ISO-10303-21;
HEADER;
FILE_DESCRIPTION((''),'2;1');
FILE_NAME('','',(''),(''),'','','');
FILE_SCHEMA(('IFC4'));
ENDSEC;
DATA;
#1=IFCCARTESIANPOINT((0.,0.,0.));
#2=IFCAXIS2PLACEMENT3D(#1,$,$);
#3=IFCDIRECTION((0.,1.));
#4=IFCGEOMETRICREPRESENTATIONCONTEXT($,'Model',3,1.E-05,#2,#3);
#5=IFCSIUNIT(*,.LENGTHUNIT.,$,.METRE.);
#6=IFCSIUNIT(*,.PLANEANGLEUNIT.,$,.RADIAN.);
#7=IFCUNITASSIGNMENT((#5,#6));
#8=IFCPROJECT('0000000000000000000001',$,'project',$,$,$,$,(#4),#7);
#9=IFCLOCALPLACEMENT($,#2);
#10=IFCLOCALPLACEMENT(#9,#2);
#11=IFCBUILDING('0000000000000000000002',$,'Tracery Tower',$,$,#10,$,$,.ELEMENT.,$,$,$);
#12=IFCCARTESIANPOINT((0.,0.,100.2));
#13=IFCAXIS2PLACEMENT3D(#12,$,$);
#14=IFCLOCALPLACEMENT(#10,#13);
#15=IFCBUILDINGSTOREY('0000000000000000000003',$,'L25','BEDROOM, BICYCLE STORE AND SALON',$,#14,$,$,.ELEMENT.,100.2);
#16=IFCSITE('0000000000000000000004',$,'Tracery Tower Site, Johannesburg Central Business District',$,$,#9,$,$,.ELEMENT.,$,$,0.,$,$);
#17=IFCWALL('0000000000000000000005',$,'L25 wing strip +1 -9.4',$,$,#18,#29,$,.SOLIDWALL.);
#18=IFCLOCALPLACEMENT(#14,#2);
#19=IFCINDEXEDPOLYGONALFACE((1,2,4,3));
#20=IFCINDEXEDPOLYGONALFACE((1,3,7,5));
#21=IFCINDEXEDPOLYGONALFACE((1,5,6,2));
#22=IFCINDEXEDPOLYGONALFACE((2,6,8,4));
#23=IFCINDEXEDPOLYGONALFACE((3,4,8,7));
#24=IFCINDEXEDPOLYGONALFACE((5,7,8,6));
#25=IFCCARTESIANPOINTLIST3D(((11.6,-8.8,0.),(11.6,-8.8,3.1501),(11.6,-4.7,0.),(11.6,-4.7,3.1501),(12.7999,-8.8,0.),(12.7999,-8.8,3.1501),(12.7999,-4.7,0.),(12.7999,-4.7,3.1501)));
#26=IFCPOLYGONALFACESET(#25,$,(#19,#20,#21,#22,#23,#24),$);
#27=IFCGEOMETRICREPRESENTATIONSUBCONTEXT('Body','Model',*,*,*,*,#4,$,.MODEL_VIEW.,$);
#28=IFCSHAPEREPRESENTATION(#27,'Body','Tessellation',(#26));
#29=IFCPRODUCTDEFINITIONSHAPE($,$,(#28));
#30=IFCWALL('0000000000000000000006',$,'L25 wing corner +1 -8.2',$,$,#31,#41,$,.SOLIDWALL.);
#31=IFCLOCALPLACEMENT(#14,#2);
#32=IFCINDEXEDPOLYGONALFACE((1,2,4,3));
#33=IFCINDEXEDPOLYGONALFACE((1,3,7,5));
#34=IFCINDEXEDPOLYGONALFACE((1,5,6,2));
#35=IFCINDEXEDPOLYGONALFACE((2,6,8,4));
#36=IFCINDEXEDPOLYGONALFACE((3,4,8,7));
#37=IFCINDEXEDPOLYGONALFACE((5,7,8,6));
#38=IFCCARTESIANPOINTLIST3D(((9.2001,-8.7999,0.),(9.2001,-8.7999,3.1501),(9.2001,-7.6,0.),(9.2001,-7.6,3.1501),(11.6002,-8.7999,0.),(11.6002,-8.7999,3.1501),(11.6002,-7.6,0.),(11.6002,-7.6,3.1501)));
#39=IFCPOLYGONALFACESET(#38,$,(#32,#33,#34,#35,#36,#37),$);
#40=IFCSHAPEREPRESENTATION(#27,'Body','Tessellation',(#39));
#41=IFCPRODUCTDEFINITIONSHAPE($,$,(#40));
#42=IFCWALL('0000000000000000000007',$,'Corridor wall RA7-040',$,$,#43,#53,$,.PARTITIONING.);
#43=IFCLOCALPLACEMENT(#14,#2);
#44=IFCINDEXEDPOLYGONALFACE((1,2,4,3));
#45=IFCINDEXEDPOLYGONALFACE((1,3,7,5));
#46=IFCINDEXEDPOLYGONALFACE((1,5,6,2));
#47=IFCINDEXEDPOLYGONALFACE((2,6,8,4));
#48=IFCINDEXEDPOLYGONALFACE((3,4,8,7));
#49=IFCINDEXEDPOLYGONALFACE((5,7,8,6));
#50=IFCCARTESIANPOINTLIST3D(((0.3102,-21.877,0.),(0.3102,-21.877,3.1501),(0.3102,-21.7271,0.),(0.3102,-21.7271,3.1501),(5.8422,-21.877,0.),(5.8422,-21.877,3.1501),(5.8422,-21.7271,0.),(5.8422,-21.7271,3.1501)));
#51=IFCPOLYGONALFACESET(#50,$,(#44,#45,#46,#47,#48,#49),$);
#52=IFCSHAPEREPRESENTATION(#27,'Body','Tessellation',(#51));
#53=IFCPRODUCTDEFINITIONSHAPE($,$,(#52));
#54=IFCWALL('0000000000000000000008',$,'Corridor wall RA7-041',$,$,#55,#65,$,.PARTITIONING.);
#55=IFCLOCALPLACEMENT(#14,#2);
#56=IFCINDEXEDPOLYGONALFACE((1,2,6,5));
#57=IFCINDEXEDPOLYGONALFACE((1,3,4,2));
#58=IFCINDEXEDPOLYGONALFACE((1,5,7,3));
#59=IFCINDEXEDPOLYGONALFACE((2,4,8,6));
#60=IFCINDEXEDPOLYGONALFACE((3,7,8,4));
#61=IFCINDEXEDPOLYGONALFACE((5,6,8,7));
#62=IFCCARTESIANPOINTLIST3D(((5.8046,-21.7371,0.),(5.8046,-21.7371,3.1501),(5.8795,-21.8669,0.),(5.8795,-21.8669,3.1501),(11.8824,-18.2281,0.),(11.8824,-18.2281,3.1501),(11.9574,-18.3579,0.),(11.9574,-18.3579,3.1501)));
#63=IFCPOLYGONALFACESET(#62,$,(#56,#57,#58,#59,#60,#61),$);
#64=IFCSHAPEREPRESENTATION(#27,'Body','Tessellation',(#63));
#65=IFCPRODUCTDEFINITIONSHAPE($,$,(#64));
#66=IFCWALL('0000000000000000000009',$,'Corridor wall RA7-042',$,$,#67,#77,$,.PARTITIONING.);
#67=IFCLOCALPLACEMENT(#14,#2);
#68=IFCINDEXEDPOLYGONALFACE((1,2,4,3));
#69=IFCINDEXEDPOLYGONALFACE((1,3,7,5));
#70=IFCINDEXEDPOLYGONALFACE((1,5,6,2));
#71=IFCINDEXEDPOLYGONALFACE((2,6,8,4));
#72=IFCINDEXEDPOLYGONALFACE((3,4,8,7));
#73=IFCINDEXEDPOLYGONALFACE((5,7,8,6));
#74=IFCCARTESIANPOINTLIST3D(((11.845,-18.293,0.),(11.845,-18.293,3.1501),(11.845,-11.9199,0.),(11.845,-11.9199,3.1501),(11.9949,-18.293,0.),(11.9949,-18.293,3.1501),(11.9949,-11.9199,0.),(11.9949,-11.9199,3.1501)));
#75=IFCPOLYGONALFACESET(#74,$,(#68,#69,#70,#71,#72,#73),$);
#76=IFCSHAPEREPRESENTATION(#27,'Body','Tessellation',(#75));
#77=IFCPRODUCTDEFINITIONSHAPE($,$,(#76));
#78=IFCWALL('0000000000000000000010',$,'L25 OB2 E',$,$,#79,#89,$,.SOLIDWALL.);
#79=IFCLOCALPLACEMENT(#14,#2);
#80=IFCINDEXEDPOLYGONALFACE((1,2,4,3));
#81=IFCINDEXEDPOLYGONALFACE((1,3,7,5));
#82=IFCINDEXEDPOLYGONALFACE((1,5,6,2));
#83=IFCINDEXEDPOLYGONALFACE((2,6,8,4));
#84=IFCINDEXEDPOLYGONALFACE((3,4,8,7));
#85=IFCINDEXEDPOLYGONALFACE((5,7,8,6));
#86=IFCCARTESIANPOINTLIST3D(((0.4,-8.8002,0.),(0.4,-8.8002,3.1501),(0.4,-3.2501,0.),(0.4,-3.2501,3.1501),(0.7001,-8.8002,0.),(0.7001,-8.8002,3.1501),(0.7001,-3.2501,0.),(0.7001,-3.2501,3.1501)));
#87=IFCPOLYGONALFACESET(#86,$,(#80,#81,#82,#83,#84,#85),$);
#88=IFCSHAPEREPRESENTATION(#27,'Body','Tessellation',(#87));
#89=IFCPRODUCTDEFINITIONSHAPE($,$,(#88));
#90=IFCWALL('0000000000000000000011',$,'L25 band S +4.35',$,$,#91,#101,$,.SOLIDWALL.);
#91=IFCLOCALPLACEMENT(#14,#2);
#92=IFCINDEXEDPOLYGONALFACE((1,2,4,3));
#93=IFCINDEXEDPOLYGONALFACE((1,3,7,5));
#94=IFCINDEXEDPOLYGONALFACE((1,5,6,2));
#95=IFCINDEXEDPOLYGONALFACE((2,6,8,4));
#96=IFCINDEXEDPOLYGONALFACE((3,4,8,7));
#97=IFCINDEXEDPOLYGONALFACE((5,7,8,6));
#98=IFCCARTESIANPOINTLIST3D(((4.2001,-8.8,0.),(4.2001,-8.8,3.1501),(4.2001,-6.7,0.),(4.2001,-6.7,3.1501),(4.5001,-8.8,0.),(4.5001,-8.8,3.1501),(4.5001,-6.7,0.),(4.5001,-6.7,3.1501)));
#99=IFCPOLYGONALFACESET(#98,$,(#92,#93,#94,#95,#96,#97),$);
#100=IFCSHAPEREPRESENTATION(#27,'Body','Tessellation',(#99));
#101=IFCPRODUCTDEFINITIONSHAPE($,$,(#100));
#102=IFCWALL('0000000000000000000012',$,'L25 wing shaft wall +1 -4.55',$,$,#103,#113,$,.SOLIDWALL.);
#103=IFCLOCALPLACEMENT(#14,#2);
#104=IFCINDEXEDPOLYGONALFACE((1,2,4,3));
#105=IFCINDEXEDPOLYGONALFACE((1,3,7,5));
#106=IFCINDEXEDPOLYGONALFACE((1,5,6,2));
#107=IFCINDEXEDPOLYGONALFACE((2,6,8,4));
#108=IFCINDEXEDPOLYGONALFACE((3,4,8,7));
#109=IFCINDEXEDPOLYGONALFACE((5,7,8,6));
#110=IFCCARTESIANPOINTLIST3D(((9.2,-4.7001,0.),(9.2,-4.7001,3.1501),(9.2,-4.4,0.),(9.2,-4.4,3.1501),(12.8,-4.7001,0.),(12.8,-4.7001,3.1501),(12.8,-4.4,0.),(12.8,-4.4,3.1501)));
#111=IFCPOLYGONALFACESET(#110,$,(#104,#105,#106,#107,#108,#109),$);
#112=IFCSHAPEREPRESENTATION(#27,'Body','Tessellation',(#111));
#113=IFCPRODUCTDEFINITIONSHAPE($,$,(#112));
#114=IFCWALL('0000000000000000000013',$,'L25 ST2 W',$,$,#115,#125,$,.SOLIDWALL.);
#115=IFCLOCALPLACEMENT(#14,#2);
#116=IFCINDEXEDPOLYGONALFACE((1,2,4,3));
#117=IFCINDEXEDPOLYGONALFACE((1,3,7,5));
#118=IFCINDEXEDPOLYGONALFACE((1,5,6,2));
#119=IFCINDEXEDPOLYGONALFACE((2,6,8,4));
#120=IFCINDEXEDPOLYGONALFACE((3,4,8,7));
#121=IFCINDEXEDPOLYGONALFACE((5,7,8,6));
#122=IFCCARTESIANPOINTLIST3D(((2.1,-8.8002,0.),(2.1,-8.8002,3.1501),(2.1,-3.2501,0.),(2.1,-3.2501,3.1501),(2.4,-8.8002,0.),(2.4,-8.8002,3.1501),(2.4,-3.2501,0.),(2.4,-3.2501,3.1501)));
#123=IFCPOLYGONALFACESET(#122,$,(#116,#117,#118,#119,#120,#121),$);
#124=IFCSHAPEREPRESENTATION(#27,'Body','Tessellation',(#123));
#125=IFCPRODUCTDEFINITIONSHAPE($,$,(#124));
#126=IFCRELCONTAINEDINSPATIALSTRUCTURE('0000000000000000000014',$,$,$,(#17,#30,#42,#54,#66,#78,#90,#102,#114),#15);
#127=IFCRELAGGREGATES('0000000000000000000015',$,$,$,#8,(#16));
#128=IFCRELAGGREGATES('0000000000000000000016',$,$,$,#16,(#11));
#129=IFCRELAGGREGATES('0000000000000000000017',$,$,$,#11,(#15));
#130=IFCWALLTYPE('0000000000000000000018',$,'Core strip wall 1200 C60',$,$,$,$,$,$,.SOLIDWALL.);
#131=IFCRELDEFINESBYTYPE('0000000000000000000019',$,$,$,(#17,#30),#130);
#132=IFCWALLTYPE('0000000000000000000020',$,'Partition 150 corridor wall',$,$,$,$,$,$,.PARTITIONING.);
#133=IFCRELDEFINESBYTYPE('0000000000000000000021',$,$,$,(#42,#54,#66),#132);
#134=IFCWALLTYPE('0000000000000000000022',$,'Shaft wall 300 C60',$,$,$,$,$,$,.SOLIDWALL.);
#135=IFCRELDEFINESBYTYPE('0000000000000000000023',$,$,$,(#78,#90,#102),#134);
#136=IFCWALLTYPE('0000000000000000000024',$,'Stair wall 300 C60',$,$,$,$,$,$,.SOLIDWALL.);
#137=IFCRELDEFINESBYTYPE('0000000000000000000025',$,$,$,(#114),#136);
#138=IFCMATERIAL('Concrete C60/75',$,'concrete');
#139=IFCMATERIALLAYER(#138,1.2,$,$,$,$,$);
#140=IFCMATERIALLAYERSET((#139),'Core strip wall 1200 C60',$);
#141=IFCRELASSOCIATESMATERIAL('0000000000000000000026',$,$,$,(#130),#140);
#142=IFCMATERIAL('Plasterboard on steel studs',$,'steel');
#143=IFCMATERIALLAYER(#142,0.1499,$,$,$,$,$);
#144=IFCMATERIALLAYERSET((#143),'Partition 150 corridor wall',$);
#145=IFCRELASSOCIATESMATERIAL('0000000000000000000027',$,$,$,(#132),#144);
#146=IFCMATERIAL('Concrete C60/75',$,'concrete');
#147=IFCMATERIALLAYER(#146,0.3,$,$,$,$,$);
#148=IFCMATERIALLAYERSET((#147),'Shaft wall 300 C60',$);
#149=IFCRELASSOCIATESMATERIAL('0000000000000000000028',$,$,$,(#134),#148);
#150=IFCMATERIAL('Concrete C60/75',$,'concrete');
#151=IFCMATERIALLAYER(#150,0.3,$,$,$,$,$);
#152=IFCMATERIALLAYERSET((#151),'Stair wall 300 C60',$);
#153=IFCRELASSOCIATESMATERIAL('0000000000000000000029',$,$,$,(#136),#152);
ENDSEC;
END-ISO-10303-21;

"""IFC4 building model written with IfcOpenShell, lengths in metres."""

from ifc_helpers import new_model, si_unit, direction, frame, frame_2d, origin, place, context, subcontext, project, spatial, rectangle, extrude, material, layer, layer_set, type_object, element, save


model = new_model("IFC4")

# Units and contexts
model_context = context("Model", 3, precision=1e-05, world=origin(), true_north=direction((0.0, 1.0)))
body_context = subcontext(model_context, "Body", "Model", "MODEL_VIEW")
ifc_project = project(units=[si_unit("LENGTHUNIT", "METRE"), si_unit("PLANEANGLEUNIT", "RADIAN")], contexts=[model_context])

# Site, building, storey
site_placement = place(None, origin())
site = spatial("IfcSite", under=ifc_project, at=site_placement, Name="Tracery Tower Site, Johannesburg Central Business District", CompositionType="ELEMENT", RefElevation=0.0)
building_placement = place(site_placement, origin())
building = spatial("IfcBuilding", under=site, at=building_placement, Name="Tracery Tower", CompositionType="ELEMENT")
storey_placement = place(building_placement, frame((0.0, 0.0, 100.2)))
storey = spatial("IfcBuildingStorey", under=building, at=storey_placement, Name="L25", Description="BEDROOM, BICYCLE STORE AND SALON", CompositionType="ELEMENT", Elevation=100.2)

# Walls
ifc_material_1 = material(Name="Concrete C60/75", Category="concrete")
ifc_layer_1 = layer(ifc_material_1, 1.2)
ifc_layer_set_1 = layer_set([ifc_layer_1], Name="Core strip wall 1200 C60")
wall_type_1 = type_object("IfcWallType", Name="Core strip wall 1200 C60", PredefinedType="SOLIDWALL", material=ifc_layer_set_1)
wall_1_placement = place(storey_placement, frame((12.2, -8.8, 0.0), z_axis=(0.0, 0.0, 1.0), x_axis=(0.0, 1.0, 0.0)))
element("IfcWall", 1, at=wall_1_placement, inside=storey, type_object=wall_type_1, Name="L25 wing strip +1 -9.4", PredefinedType="SOLIDWALL", context=body_context, shape_type="SweptSolid", body=[
    extrude(rectangle(XDim=4.1001, YDim=1.2, at=frame_2d((2.05, 0.0))), origin(), (0.0, 0.0, 1.0), 3.1501),
])
wall_2_placement = place(storey_placement, frame((9.2, -8.2, 0.0), z_axis=(0.0, 0.0, 1.0), x_axis=(1.0, 0.0, 0.0)))
element("IfcWall", 2, at=wall_2_placement, inside=storey, type_object=wall_type_1, Name="L25 wing corner +1 -8.2", PredefinedType="SOLIDWALL", context=body_context, shape_type="SweptSolid", body=[
    extrude(rectangle(XDim=2.4001, YDim=1.2, at=frame_2d((1.2002, 0.0))), origin(), (0.0, 0.0, 1.0), 3.1501),
])
ifc_material_2 = material(Name="Plasterboard on steel studs", Category="steel")
ifc_layer_2 = layer(ifc_material_2, 0.1499)
ifc_layer_set_2 = layer_set([ifc_layer_2], Name="Partition 150 corridor wall")
wall_type_2 = type_object("IfcWallType", Name="Partition 150 corridor wall", PredefinedType="PARTITIONING", material=ifc_layer_set_2)
wall_3_placement = place(storey_placement, frame((0.3101, -21.802, 0.0), z_axis=(0.0, 0.0, 1.0), x_axis=(1.0, 0.0, 0.0)))
element("IfcWall", 3, at=wall_3_placement, inside=storey, type_object=wall_type_2, Name="Corridor wall RA7-040", PredefinedType="PARTITIONING", context=body_context, shape_type="SweptSolid", body=[
    extrude(rectangle(XDim=5.532, YDim=0.1499, at=frame_2d((2.7661, 0.0))), origin(), (0.0, 0.0, 1.0), 3.1501),
])
wall_4_placement = place(storey_placement, frame((5.842, -21.802, 0.0), z_axis=(0.0, 0.0, 1.0), x_axis=(0.866027, 0.499996, 0.0)))
element("IfcWall", 4, at=wall_4_placement, inside=storey, type_object=wall_type_2, Name="Corridor wall RA7-041", PredefinedType="PARTITIONING", context=body_context, shape_type="SweptSolid", body=[
    extrude(rectangle(XDim=7.0181, YDim=0.1499, at=frame_2d((3.509, 0.0))), origin(), (0.0, 0.0, 1.0), 3.1501),
])
wall_5_placement = place(storey_placement, frame((11.9199, -18.293, 0.0), z_axis=(0.0, 0.0, 1.0), x_axis=(0.0, 1.0, 0.0)))
element("IfcWall", 5, at=wall_5_placement, inside=storey, type_object=wall_type_2, Name="Corridor wall RA7-042", PredefinedType="PARTITIONING", context=body_context, shape_type="SweptSolid", body=[
    extrude(rectangle(XDim=6.373, YDim=0.1499, at=frame_2d((3.1865, 0.0))), origin(), (0.0, 0.0, 1.0), 3.1501),
])
ifc_material_3 = material(Name="Concrete C60/75", Category="concrete")
ifc_layer_3 = layer(ifc_material_3, 0.3)
ifc_layer_set_3 = layer_set([ifc_layer_3], Name="Shaft wall 300 C60")
wall_type_3 = type_object("IfcWallType", Name="Shaft wall 300 C60", PredefinedType="SOLIDWALL", material=ifc_layer_set_3)
wall_6_placement = place(storey_placement, frame((0.55, -8.8, 0.0), z_axis=(0.0, 0.0, 1.0), x_axis=(0.0, 1.0, 0.0)))
element("IfcWall", 6, at=wall_6_placement, inside=storey, type_object=wall_type_3, Name="L25 OB2 E", PredefinedType="SOLIDWALL", context=body_context, shape_type="SweptSolid", body=[
    extrude(rectangle(XDim=5.55, YDim=0.3, at=frame_2d((2.7749, 0.0))), origin(), (0.0, 0.0, 1.0), 3.1501),
])
wall_7_placement = place(storey_placement, frame((4.3501, -8.8, 0.0), z_axis=(0.0, 0.0, 1.0), x_axis=(0.0, 1.0, 0.0)))
element("IfcWall", 7, at=wall_7_placement, inside=storey, type_object=wall_type_3, Name="L25 band S +4.35", PredefinedType="SOLIDWALL", context=body_context, shape_type="SweptSolid", body=[
    extrude(rectangle(XDim=2.1001, YDim=0.3, at=frame_2d((1.05, 0.0))), origin(), (0.0, 0.0, 1.0), 3.1501),
])
wall_8_placement = place(storey_placement, frame((9.2, -4.55, 0.0), z_axis=(0.0, 0.0, 1.0), x_axis=(1.0, 0.0, 0.0)))
element("IfcWall", 8, at=wall_8_placement, inside=storey, type_object=wall_type_3, Name="L25 wing shaft wall +1 -4.55", PredefinedType="SOLIDWALL", context=body_context, shape_type="SweptSolid", body=[
    extrude(rectangle(XDim=3.6001, YDim=0.3, at=frame_2d((1.8, 0.0))), origin(), (0.0, 0.0, 1.0), 3.1501),
])

# Shared definitions
ifc_material_4 = material(Name="Concrete C60/75", Category="concrete")
ifc_layer_4 = layer(ifc_material_4, 0.3)
ifc_layer_set_4 = layer_set([ifc_layer_4], Name="Stair wall 300 C60")
wall_type_4 = type_object("IfcWallType", Name="Stair wall 300 C60", PredefinedType="SOLIDWALL", material=ifc_layer_set_4)

# Wall
wall_9_placement = place(storey_placement, frame((2.25, -8.8, 0.0), z_axis=(0.0, 0.0, 1.0), x_axis=(0.0, 1.0, 0.0)))
element("IfcWall", 9, at=wall_9_placement, inside=storey, type_object=wall_type_4, Name="L25 ST2 W", PredefinedType="SOLIDWALL", context=body_context, shape_type="SweptSolid", body=[
    extrude(rectangle(XDim=5.55, YDim=0.3, at=frame_2d((2.7749, 0.0))), origin(), (0.0, 0.0, 1.0), 3.1501),
])

save(model, "model.ifc")
